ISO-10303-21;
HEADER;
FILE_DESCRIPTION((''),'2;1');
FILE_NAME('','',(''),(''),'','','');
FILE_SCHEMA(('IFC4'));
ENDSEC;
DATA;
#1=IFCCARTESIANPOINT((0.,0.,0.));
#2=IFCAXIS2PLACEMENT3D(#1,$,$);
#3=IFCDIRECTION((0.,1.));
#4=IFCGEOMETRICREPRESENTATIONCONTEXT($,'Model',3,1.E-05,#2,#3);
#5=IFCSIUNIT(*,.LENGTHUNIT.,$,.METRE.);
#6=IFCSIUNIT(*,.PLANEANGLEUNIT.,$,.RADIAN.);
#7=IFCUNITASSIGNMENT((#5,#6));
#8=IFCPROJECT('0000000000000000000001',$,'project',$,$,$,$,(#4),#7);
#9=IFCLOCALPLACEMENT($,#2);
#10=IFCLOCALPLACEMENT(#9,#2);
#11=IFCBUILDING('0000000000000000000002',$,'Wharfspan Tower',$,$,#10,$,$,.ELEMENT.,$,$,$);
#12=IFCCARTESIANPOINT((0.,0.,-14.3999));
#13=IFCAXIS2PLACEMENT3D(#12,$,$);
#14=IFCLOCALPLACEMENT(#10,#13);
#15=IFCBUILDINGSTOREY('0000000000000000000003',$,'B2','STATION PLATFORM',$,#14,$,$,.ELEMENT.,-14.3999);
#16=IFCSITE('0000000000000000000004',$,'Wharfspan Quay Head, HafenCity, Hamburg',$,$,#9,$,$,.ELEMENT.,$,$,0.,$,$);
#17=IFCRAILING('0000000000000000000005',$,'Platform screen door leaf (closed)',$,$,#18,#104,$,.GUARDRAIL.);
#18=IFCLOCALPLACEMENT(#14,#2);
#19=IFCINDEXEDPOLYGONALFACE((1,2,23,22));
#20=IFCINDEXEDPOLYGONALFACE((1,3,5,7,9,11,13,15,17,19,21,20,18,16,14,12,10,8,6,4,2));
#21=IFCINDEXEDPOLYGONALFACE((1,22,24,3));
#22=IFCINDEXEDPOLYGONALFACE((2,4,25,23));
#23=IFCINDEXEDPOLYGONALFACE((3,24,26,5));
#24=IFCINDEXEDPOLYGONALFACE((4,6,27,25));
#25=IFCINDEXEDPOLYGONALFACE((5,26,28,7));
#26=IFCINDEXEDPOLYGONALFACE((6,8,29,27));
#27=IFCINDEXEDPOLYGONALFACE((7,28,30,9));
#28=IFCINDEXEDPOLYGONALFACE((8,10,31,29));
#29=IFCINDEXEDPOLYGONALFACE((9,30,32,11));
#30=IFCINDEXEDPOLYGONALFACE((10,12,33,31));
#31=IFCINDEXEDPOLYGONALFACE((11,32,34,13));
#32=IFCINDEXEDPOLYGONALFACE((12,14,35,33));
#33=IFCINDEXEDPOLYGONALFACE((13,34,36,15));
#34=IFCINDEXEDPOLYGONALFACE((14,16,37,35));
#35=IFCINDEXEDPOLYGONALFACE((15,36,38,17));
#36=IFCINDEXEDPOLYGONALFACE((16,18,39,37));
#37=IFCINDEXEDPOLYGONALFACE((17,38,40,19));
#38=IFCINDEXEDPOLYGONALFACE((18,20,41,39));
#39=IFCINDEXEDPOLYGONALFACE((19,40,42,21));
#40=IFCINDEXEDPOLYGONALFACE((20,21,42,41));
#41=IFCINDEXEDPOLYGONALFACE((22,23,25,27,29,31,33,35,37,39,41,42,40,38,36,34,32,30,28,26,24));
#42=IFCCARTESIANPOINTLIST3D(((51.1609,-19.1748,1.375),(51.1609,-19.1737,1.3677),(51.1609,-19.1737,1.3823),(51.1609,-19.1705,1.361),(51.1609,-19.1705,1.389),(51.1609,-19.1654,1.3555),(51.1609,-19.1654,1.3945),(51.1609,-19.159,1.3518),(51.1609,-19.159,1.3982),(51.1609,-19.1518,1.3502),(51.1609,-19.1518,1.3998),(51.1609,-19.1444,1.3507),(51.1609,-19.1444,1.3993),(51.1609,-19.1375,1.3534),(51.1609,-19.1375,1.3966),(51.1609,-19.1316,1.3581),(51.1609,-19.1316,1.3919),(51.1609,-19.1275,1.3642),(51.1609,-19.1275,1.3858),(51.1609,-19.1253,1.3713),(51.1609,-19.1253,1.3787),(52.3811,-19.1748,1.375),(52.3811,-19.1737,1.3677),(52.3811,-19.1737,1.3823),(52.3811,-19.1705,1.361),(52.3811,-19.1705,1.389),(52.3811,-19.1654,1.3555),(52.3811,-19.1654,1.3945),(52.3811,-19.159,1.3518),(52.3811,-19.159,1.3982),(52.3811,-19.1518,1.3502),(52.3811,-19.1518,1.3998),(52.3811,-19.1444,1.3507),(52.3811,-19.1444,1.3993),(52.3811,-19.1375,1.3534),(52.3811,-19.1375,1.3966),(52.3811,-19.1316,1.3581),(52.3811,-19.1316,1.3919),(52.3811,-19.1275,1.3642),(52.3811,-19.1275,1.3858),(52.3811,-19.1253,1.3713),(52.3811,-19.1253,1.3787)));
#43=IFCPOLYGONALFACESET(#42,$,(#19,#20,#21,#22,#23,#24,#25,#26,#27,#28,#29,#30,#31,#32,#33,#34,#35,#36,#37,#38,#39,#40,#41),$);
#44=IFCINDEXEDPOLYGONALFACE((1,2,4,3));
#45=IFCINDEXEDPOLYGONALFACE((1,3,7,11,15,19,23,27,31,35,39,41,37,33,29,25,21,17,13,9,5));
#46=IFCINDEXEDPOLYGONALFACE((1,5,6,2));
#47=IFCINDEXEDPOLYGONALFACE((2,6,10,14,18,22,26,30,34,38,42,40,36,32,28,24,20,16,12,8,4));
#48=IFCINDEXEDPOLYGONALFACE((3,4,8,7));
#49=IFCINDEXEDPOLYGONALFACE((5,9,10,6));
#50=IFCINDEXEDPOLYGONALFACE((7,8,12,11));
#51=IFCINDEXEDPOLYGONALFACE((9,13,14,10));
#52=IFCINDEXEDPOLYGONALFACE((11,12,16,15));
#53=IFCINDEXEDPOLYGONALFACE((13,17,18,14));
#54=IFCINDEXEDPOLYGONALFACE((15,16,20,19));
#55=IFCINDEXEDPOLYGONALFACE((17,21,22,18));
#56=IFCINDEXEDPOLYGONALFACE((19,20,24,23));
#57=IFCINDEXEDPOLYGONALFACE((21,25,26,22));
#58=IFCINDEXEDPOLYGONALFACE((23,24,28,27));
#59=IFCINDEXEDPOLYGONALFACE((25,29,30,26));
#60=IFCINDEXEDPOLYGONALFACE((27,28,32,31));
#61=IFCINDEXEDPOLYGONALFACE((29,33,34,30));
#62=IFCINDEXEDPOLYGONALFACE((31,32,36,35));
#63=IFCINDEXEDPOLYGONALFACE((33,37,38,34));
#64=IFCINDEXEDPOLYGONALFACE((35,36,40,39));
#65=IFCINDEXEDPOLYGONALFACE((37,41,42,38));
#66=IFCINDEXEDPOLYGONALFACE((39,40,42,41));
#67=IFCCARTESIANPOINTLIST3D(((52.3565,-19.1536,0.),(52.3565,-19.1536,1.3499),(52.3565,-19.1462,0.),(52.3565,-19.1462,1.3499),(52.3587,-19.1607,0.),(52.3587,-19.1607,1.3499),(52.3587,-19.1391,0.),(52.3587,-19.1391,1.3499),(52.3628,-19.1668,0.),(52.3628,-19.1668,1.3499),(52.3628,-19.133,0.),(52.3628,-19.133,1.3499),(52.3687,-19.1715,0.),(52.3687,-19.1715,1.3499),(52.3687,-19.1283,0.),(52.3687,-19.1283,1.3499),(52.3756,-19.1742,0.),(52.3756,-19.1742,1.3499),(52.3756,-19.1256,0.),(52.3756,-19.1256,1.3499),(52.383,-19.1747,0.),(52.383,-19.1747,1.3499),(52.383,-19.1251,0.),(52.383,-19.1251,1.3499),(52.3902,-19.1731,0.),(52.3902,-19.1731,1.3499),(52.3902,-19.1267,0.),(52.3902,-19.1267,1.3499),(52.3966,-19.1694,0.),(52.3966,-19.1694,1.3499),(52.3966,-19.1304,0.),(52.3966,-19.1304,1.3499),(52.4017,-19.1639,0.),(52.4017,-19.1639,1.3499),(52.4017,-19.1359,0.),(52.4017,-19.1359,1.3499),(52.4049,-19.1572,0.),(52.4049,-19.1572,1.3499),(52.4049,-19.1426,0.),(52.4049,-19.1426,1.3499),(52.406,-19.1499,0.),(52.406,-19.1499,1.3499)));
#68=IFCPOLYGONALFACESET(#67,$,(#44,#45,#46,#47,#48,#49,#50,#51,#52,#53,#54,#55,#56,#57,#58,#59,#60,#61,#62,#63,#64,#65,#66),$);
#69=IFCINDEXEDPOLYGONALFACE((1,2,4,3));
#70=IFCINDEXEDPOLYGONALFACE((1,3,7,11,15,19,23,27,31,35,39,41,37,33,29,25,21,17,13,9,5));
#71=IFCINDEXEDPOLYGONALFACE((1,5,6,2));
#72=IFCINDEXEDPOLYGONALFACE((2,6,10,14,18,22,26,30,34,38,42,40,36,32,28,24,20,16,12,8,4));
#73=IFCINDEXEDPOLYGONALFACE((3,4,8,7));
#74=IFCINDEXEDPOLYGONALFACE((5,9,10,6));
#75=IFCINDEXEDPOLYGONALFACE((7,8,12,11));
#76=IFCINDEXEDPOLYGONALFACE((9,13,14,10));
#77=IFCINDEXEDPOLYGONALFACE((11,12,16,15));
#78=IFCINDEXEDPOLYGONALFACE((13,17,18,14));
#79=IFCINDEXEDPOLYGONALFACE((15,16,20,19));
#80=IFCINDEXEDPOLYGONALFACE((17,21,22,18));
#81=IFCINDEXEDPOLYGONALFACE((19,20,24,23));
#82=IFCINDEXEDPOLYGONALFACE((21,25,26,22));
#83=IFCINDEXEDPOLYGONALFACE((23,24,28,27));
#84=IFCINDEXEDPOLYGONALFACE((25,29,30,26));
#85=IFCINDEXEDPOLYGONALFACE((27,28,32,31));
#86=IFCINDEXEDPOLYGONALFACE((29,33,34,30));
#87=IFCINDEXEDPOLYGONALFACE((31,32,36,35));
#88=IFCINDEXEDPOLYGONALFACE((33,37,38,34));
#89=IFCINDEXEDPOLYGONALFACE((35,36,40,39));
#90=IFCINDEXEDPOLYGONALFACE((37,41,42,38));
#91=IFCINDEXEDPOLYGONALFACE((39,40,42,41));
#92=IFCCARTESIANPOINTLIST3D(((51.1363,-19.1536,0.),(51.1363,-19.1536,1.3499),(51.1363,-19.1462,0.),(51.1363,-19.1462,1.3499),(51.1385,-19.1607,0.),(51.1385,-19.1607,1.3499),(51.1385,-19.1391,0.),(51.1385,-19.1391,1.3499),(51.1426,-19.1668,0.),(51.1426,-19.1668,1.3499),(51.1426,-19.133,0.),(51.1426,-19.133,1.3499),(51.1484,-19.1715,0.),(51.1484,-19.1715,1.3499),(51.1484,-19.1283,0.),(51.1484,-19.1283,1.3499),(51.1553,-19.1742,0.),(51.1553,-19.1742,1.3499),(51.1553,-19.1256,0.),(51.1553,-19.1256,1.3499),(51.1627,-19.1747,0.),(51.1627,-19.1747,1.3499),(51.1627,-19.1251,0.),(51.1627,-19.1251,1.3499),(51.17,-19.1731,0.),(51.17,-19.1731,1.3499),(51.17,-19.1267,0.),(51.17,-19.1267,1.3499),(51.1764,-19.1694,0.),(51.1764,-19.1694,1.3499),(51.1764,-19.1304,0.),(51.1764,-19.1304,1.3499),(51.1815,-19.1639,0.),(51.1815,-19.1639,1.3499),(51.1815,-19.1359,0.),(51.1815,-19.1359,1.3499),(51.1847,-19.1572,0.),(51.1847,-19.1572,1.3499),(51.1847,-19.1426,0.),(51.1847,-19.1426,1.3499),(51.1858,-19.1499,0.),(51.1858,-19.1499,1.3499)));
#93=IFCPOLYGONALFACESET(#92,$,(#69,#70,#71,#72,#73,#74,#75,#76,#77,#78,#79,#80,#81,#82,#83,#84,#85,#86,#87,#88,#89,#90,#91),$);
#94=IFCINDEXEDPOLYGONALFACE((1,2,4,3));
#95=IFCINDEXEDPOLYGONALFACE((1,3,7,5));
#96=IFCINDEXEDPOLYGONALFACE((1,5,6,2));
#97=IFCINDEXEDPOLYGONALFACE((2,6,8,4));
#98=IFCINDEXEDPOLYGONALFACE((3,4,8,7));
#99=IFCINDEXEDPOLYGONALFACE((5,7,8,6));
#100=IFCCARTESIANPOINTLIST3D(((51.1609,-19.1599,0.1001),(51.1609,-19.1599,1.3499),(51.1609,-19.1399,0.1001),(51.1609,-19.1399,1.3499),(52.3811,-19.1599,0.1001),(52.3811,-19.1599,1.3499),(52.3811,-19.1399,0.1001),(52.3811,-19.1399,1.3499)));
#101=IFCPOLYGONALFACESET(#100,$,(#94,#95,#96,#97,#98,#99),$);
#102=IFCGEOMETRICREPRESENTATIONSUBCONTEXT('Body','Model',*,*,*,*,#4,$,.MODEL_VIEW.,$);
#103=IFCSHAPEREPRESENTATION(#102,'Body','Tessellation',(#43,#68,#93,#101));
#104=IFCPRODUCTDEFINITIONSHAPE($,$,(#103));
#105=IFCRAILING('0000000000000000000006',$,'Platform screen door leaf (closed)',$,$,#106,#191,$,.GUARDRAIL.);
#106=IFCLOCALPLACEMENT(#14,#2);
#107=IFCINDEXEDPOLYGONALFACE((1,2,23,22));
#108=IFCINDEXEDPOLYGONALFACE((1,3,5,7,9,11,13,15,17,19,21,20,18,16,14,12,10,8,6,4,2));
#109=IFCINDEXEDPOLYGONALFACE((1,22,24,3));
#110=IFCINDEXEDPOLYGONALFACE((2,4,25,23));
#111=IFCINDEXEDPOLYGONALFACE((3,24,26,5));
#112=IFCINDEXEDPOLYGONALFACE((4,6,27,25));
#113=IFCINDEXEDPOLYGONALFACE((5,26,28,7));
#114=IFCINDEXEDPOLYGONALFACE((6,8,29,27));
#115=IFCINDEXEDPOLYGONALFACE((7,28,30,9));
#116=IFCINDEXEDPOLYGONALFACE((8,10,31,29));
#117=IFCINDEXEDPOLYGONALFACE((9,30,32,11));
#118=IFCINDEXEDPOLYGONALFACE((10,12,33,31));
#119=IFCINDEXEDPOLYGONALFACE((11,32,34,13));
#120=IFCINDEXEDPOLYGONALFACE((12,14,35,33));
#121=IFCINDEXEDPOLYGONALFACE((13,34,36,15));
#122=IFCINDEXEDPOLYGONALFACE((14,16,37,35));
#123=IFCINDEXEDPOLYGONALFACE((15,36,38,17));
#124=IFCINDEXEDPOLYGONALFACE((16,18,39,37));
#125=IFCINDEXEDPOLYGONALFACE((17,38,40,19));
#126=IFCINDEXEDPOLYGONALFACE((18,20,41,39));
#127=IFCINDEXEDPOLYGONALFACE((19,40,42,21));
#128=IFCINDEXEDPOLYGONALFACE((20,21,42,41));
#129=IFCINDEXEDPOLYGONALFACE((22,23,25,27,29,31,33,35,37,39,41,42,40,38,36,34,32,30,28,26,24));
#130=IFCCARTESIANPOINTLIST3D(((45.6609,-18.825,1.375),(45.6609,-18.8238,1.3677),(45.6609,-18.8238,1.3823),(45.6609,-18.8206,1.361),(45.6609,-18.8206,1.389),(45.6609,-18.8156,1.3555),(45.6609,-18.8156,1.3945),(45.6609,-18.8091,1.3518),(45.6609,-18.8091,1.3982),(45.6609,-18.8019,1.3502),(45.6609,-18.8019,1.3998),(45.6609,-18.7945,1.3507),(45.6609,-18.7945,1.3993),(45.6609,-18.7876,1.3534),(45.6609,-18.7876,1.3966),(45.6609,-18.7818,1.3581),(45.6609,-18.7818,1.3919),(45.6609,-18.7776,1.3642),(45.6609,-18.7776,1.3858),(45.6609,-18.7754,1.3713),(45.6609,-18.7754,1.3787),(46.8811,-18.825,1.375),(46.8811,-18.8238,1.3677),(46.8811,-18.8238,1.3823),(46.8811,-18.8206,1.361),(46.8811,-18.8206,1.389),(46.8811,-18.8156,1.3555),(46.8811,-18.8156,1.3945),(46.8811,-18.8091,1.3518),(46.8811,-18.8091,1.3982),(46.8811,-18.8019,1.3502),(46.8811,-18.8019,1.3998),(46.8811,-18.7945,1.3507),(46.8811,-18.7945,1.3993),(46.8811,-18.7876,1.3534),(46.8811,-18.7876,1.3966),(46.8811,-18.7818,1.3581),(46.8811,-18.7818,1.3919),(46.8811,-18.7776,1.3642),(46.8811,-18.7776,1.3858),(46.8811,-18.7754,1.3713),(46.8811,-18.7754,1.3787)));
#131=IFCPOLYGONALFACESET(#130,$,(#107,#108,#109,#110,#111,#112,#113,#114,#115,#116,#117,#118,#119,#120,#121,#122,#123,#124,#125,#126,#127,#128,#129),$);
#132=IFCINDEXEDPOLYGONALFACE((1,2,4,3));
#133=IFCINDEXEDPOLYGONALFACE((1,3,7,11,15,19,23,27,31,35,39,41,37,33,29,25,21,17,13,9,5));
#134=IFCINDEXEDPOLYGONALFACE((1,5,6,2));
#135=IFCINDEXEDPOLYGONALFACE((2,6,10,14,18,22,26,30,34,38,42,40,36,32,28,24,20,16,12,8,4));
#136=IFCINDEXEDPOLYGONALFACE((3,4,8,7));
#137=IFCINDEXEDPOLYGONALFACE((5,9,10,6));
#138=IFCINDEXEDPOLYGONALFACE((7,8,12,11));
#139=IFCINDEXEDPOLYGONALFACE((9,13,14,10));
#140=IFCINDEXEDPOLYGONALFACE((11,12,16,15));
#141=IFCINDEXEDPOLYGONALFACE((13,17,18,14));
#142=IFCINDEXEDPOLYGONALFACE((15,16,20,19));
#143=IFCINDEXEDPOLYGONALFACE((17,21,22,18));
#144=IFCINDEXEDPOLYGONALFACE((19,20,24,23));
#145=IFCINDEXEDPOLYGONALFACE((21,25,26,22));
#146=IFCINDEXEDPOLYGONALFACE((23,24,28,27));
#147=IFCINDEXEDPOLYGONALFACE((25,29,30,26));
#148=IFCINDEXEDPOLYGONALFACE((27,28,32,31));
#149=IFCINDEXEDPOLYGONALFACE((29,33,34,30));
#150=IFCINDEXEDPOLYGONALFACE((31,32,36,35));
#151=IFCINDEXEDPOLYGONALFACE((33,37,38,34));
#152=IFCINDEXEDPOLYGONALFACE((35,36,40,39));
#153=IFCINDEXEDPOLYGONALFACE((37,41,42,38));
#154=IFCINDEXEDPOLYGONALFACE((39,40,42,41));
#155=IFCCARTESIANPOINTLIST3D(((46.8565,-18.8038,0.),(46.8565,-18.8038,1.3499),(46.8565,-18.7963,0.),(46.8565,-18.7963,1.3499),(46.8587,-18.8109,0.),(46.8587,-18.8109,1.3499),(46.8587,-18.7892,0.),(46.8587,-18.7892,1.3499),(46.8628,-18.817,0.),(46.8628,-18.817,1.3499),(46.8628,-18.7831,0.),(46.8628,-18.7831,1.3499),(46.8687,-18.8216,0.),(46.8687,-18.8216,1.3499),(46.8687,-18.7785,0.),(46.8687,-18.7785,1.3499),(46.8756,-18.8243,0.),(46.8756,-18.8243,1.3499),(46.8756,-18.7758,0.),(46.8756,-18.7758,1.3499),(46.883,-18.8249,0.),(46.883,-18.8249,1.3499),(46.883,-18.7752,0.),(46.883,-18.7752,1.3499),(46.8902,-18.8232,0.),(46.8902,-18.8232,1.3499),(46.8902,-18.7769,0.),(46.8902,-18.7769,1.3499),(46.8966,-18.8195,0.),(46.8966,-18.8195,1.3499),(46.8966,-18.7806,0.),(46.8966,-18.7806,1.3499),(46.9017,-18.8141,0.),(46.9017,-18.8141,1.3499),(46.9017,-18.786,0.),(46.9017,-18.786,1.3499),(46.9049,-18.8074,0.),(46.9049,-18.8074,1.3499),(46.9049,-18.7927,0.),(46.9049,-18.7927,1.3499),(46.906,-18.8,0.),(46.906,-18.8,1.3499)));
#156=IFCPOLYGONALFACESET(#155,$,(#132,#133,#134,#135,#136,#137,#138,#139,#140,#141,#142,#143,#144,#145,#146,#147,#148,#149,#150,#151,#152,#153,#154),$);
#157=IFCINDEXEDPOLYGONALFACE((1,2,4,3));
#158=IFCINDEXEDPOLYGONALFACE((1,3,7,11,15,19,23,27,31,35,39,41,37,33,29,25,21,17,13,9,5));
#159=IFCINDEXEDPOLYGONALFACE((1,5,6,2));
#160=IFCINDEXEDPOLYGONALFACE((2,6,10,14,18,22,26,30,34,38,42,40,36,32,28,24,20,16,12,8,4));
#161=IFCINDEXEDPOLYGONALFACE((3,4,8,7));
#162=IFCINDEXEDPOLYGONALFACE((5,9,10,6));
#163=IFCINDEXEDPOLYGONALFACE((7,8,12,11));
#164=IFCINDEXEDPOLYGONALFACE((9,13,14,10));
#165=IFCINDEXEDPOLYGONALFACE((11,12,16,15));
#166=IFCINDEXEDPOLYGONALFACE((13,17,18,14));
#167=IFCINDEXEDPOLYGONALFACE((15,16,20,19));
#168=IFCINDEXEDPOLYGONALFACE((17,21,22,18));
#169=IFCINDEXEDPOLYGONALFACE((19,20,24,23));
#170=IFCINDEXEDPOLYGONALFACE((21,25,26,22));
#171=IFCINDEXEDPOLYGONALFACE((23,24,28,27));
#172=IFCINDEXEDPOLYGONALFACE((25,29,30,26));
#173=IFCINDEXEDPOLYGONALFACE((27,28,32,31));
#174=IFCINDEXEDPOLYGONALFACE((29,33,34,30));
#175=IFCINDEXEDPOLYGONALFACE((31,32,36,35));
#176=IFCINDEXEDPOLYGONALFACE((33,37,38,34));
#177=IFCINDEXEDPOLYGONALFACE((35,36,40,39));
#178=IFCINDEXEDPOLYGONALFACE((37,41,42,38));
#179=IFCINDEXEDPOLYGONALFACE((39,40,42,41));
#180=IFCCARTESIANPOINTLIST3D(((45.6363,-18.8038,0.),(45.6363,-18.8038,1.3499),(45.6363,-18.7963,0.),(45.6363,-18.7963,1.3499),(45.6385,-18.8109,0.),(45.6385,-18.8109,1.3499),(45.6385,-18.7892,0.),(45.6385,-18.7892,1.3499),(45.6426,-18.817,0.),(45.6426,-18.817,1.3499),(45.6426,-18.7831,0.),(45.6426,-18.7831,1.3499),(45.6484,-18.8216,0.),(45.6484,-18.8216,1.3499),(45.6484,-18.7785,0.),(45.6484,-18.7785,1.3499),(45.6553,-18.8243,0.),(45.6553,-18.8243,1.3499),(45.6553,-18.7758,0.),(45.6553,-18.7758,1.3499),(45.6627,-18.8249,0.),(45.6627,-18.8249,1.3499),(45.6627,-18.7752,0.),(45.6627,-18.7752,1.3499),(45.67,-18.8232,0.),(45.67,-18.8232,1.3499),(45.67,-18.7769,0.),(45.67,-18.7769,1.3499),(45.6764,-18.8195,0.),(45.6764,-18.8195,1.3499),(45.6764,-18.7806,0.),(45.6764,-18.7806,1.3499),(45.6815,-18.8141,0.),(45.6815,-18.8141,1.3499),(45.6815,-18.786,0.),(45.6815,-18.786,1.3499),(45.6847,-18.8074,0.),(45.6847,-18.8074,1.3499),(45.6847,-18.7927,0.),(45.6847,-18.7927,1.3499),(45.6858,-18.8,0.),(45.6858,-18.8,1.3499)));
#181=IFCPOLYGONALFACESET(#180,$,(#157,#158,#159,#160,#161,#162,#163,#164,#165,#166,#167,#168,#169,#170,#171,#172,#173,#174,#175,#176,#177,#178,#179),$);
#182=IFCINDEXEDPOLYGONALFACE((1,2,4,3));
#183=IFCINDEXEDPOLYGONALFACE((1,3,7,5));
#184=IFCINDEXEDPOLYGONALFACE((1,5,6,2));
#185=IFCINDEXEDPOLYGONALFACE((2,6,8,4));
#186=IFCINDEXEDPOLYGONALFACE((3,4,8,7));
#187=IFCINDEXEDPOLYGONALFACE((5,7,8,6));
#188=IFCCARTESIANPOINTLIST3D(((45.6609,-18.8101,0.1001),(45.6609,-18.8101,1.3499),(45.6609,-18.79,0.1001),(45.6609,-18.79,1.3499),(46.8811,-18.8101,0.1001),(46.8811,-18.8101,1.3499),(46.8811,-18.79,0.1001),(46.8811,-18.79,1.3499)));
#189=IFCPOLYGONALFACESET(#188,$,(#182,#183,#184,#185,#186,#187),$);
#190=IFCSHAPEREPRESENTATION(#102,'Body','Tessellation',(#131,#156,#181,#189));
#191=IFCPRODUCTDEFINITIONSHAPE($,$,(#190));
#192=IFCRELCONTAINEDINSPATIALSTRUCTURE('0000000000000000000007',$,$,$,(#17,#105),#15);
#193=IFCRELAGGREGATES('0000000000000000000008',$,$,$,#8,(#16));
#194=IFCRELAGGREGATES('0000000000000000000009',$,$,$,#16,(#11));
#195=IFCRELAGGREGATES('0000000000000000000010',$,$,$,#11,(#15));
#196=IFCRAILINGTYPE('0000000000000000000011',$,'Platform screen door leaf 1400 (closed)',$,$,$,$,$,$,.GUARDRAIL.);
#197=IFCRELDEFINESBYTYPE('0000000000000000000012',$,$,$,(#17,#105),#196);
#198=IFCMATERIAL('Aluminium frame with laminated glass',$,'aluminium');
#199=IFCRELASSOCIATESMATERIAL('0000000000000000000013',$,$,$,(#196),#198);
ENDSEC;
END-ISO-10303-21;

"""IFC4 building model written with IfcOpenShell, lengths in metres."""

from ifc_helpers import new_model, si_unit, direction, frame, origin, origin_2d, place, context, subcontext, project, spatial, rectangle, circle, extrude, material, type_object, element, save


model = new_model("IFC4")

# Units and contexts
model_context = context("Model", 3, precision=1e-05, world=origin(), true_north=direction((0.0, 1.0)))
body_context = subcontext(model_context, "Body", "Model", "MODEL_VIEW")
ifc_project = project(units=[si_unit("LENGTHUNIT", "METRE"), si_unit("PLANEANGLEUNIT", "RADIAN")], contexts=[model_context])

# Site, building, storey
site_placement = place(None, origin())
site = spatial("IfcSite", under=ifc_project, at=site_placement, Name="Wharfspan Quay Head, HafenCity, Hamburg", CompositionType="ELEMENT", RefElevation=0.0)
building_placement = place(site_placement, origin())
building = spatial("IfcBuilding", under=site, at=building_placement, Name="Wharfspan Tower", CompositionType="ELEMENT")
storey_placement = place(building_placement, frame((0.0, 0.0, -14.3999)))
storey = spatial("IfcBuildingStorey", under=building, at=storey_placement, Name="B2", Description="STATION PLATFORM", CompositionType="ELEMENT", Elevation=-14.3999)

# Railings
ifc_material_1 = material(Name="Aluminium frame with laminated glass", Category="aluminium")
railing_type_1 = type_object("IfcRailingType", Name="Platform screen door leaf 1400 (closed)", PredefinedType="GUARDRAIL", material=ifc_material_1)
for number, where, name in (
    (1, (52.3811, -19.1499, 0.0), "Platform screen door leaf (closed)"),
    (2, (46.8811, -18.8, 0.0), "Platform screen door leaf (closed)"),
):
    element("IfcRailing", number, at=place(storey_placement, frame(where)), inside=storey, type_object=railing_type_1, Name=name, PredefinedType="GUARDRAIL", context=body_context, shape_type="SweptSolid", body=[
        extrude(circle(Radius=0.0249, at=origin_2d()), frame((0.0, 0.0, 1.375), z_axis=(-1.0, 0.0, 0.0), x_axis=(0.0, -1.0, 0.0)), (0.0, 0.0, 1.0), 1.2202),
        extrude(circle(Radius=0.0249, at=origin_2d()), origin(), (0.0, 0.0, 1.0), 1.3499),
        extrude(circle(Radius=0.0249, at=origin_2d()), frame((-1.2202, 0.0, 0.0)), (0.0, 0.0, 1.0), 1.3499),
        extrude(rectangle(XDim=1.2202, YDim=0.02, at=origin_2d()), frame((-0.6101, 0.0, 0.1001), z_axis=(0.0, 0.0, 1.0), x_axis=(-1.0, 0.0, 0.0)), (0.0, 0.0, 1.0), 1.2498),
    ])

save(model, "model.ifc")
